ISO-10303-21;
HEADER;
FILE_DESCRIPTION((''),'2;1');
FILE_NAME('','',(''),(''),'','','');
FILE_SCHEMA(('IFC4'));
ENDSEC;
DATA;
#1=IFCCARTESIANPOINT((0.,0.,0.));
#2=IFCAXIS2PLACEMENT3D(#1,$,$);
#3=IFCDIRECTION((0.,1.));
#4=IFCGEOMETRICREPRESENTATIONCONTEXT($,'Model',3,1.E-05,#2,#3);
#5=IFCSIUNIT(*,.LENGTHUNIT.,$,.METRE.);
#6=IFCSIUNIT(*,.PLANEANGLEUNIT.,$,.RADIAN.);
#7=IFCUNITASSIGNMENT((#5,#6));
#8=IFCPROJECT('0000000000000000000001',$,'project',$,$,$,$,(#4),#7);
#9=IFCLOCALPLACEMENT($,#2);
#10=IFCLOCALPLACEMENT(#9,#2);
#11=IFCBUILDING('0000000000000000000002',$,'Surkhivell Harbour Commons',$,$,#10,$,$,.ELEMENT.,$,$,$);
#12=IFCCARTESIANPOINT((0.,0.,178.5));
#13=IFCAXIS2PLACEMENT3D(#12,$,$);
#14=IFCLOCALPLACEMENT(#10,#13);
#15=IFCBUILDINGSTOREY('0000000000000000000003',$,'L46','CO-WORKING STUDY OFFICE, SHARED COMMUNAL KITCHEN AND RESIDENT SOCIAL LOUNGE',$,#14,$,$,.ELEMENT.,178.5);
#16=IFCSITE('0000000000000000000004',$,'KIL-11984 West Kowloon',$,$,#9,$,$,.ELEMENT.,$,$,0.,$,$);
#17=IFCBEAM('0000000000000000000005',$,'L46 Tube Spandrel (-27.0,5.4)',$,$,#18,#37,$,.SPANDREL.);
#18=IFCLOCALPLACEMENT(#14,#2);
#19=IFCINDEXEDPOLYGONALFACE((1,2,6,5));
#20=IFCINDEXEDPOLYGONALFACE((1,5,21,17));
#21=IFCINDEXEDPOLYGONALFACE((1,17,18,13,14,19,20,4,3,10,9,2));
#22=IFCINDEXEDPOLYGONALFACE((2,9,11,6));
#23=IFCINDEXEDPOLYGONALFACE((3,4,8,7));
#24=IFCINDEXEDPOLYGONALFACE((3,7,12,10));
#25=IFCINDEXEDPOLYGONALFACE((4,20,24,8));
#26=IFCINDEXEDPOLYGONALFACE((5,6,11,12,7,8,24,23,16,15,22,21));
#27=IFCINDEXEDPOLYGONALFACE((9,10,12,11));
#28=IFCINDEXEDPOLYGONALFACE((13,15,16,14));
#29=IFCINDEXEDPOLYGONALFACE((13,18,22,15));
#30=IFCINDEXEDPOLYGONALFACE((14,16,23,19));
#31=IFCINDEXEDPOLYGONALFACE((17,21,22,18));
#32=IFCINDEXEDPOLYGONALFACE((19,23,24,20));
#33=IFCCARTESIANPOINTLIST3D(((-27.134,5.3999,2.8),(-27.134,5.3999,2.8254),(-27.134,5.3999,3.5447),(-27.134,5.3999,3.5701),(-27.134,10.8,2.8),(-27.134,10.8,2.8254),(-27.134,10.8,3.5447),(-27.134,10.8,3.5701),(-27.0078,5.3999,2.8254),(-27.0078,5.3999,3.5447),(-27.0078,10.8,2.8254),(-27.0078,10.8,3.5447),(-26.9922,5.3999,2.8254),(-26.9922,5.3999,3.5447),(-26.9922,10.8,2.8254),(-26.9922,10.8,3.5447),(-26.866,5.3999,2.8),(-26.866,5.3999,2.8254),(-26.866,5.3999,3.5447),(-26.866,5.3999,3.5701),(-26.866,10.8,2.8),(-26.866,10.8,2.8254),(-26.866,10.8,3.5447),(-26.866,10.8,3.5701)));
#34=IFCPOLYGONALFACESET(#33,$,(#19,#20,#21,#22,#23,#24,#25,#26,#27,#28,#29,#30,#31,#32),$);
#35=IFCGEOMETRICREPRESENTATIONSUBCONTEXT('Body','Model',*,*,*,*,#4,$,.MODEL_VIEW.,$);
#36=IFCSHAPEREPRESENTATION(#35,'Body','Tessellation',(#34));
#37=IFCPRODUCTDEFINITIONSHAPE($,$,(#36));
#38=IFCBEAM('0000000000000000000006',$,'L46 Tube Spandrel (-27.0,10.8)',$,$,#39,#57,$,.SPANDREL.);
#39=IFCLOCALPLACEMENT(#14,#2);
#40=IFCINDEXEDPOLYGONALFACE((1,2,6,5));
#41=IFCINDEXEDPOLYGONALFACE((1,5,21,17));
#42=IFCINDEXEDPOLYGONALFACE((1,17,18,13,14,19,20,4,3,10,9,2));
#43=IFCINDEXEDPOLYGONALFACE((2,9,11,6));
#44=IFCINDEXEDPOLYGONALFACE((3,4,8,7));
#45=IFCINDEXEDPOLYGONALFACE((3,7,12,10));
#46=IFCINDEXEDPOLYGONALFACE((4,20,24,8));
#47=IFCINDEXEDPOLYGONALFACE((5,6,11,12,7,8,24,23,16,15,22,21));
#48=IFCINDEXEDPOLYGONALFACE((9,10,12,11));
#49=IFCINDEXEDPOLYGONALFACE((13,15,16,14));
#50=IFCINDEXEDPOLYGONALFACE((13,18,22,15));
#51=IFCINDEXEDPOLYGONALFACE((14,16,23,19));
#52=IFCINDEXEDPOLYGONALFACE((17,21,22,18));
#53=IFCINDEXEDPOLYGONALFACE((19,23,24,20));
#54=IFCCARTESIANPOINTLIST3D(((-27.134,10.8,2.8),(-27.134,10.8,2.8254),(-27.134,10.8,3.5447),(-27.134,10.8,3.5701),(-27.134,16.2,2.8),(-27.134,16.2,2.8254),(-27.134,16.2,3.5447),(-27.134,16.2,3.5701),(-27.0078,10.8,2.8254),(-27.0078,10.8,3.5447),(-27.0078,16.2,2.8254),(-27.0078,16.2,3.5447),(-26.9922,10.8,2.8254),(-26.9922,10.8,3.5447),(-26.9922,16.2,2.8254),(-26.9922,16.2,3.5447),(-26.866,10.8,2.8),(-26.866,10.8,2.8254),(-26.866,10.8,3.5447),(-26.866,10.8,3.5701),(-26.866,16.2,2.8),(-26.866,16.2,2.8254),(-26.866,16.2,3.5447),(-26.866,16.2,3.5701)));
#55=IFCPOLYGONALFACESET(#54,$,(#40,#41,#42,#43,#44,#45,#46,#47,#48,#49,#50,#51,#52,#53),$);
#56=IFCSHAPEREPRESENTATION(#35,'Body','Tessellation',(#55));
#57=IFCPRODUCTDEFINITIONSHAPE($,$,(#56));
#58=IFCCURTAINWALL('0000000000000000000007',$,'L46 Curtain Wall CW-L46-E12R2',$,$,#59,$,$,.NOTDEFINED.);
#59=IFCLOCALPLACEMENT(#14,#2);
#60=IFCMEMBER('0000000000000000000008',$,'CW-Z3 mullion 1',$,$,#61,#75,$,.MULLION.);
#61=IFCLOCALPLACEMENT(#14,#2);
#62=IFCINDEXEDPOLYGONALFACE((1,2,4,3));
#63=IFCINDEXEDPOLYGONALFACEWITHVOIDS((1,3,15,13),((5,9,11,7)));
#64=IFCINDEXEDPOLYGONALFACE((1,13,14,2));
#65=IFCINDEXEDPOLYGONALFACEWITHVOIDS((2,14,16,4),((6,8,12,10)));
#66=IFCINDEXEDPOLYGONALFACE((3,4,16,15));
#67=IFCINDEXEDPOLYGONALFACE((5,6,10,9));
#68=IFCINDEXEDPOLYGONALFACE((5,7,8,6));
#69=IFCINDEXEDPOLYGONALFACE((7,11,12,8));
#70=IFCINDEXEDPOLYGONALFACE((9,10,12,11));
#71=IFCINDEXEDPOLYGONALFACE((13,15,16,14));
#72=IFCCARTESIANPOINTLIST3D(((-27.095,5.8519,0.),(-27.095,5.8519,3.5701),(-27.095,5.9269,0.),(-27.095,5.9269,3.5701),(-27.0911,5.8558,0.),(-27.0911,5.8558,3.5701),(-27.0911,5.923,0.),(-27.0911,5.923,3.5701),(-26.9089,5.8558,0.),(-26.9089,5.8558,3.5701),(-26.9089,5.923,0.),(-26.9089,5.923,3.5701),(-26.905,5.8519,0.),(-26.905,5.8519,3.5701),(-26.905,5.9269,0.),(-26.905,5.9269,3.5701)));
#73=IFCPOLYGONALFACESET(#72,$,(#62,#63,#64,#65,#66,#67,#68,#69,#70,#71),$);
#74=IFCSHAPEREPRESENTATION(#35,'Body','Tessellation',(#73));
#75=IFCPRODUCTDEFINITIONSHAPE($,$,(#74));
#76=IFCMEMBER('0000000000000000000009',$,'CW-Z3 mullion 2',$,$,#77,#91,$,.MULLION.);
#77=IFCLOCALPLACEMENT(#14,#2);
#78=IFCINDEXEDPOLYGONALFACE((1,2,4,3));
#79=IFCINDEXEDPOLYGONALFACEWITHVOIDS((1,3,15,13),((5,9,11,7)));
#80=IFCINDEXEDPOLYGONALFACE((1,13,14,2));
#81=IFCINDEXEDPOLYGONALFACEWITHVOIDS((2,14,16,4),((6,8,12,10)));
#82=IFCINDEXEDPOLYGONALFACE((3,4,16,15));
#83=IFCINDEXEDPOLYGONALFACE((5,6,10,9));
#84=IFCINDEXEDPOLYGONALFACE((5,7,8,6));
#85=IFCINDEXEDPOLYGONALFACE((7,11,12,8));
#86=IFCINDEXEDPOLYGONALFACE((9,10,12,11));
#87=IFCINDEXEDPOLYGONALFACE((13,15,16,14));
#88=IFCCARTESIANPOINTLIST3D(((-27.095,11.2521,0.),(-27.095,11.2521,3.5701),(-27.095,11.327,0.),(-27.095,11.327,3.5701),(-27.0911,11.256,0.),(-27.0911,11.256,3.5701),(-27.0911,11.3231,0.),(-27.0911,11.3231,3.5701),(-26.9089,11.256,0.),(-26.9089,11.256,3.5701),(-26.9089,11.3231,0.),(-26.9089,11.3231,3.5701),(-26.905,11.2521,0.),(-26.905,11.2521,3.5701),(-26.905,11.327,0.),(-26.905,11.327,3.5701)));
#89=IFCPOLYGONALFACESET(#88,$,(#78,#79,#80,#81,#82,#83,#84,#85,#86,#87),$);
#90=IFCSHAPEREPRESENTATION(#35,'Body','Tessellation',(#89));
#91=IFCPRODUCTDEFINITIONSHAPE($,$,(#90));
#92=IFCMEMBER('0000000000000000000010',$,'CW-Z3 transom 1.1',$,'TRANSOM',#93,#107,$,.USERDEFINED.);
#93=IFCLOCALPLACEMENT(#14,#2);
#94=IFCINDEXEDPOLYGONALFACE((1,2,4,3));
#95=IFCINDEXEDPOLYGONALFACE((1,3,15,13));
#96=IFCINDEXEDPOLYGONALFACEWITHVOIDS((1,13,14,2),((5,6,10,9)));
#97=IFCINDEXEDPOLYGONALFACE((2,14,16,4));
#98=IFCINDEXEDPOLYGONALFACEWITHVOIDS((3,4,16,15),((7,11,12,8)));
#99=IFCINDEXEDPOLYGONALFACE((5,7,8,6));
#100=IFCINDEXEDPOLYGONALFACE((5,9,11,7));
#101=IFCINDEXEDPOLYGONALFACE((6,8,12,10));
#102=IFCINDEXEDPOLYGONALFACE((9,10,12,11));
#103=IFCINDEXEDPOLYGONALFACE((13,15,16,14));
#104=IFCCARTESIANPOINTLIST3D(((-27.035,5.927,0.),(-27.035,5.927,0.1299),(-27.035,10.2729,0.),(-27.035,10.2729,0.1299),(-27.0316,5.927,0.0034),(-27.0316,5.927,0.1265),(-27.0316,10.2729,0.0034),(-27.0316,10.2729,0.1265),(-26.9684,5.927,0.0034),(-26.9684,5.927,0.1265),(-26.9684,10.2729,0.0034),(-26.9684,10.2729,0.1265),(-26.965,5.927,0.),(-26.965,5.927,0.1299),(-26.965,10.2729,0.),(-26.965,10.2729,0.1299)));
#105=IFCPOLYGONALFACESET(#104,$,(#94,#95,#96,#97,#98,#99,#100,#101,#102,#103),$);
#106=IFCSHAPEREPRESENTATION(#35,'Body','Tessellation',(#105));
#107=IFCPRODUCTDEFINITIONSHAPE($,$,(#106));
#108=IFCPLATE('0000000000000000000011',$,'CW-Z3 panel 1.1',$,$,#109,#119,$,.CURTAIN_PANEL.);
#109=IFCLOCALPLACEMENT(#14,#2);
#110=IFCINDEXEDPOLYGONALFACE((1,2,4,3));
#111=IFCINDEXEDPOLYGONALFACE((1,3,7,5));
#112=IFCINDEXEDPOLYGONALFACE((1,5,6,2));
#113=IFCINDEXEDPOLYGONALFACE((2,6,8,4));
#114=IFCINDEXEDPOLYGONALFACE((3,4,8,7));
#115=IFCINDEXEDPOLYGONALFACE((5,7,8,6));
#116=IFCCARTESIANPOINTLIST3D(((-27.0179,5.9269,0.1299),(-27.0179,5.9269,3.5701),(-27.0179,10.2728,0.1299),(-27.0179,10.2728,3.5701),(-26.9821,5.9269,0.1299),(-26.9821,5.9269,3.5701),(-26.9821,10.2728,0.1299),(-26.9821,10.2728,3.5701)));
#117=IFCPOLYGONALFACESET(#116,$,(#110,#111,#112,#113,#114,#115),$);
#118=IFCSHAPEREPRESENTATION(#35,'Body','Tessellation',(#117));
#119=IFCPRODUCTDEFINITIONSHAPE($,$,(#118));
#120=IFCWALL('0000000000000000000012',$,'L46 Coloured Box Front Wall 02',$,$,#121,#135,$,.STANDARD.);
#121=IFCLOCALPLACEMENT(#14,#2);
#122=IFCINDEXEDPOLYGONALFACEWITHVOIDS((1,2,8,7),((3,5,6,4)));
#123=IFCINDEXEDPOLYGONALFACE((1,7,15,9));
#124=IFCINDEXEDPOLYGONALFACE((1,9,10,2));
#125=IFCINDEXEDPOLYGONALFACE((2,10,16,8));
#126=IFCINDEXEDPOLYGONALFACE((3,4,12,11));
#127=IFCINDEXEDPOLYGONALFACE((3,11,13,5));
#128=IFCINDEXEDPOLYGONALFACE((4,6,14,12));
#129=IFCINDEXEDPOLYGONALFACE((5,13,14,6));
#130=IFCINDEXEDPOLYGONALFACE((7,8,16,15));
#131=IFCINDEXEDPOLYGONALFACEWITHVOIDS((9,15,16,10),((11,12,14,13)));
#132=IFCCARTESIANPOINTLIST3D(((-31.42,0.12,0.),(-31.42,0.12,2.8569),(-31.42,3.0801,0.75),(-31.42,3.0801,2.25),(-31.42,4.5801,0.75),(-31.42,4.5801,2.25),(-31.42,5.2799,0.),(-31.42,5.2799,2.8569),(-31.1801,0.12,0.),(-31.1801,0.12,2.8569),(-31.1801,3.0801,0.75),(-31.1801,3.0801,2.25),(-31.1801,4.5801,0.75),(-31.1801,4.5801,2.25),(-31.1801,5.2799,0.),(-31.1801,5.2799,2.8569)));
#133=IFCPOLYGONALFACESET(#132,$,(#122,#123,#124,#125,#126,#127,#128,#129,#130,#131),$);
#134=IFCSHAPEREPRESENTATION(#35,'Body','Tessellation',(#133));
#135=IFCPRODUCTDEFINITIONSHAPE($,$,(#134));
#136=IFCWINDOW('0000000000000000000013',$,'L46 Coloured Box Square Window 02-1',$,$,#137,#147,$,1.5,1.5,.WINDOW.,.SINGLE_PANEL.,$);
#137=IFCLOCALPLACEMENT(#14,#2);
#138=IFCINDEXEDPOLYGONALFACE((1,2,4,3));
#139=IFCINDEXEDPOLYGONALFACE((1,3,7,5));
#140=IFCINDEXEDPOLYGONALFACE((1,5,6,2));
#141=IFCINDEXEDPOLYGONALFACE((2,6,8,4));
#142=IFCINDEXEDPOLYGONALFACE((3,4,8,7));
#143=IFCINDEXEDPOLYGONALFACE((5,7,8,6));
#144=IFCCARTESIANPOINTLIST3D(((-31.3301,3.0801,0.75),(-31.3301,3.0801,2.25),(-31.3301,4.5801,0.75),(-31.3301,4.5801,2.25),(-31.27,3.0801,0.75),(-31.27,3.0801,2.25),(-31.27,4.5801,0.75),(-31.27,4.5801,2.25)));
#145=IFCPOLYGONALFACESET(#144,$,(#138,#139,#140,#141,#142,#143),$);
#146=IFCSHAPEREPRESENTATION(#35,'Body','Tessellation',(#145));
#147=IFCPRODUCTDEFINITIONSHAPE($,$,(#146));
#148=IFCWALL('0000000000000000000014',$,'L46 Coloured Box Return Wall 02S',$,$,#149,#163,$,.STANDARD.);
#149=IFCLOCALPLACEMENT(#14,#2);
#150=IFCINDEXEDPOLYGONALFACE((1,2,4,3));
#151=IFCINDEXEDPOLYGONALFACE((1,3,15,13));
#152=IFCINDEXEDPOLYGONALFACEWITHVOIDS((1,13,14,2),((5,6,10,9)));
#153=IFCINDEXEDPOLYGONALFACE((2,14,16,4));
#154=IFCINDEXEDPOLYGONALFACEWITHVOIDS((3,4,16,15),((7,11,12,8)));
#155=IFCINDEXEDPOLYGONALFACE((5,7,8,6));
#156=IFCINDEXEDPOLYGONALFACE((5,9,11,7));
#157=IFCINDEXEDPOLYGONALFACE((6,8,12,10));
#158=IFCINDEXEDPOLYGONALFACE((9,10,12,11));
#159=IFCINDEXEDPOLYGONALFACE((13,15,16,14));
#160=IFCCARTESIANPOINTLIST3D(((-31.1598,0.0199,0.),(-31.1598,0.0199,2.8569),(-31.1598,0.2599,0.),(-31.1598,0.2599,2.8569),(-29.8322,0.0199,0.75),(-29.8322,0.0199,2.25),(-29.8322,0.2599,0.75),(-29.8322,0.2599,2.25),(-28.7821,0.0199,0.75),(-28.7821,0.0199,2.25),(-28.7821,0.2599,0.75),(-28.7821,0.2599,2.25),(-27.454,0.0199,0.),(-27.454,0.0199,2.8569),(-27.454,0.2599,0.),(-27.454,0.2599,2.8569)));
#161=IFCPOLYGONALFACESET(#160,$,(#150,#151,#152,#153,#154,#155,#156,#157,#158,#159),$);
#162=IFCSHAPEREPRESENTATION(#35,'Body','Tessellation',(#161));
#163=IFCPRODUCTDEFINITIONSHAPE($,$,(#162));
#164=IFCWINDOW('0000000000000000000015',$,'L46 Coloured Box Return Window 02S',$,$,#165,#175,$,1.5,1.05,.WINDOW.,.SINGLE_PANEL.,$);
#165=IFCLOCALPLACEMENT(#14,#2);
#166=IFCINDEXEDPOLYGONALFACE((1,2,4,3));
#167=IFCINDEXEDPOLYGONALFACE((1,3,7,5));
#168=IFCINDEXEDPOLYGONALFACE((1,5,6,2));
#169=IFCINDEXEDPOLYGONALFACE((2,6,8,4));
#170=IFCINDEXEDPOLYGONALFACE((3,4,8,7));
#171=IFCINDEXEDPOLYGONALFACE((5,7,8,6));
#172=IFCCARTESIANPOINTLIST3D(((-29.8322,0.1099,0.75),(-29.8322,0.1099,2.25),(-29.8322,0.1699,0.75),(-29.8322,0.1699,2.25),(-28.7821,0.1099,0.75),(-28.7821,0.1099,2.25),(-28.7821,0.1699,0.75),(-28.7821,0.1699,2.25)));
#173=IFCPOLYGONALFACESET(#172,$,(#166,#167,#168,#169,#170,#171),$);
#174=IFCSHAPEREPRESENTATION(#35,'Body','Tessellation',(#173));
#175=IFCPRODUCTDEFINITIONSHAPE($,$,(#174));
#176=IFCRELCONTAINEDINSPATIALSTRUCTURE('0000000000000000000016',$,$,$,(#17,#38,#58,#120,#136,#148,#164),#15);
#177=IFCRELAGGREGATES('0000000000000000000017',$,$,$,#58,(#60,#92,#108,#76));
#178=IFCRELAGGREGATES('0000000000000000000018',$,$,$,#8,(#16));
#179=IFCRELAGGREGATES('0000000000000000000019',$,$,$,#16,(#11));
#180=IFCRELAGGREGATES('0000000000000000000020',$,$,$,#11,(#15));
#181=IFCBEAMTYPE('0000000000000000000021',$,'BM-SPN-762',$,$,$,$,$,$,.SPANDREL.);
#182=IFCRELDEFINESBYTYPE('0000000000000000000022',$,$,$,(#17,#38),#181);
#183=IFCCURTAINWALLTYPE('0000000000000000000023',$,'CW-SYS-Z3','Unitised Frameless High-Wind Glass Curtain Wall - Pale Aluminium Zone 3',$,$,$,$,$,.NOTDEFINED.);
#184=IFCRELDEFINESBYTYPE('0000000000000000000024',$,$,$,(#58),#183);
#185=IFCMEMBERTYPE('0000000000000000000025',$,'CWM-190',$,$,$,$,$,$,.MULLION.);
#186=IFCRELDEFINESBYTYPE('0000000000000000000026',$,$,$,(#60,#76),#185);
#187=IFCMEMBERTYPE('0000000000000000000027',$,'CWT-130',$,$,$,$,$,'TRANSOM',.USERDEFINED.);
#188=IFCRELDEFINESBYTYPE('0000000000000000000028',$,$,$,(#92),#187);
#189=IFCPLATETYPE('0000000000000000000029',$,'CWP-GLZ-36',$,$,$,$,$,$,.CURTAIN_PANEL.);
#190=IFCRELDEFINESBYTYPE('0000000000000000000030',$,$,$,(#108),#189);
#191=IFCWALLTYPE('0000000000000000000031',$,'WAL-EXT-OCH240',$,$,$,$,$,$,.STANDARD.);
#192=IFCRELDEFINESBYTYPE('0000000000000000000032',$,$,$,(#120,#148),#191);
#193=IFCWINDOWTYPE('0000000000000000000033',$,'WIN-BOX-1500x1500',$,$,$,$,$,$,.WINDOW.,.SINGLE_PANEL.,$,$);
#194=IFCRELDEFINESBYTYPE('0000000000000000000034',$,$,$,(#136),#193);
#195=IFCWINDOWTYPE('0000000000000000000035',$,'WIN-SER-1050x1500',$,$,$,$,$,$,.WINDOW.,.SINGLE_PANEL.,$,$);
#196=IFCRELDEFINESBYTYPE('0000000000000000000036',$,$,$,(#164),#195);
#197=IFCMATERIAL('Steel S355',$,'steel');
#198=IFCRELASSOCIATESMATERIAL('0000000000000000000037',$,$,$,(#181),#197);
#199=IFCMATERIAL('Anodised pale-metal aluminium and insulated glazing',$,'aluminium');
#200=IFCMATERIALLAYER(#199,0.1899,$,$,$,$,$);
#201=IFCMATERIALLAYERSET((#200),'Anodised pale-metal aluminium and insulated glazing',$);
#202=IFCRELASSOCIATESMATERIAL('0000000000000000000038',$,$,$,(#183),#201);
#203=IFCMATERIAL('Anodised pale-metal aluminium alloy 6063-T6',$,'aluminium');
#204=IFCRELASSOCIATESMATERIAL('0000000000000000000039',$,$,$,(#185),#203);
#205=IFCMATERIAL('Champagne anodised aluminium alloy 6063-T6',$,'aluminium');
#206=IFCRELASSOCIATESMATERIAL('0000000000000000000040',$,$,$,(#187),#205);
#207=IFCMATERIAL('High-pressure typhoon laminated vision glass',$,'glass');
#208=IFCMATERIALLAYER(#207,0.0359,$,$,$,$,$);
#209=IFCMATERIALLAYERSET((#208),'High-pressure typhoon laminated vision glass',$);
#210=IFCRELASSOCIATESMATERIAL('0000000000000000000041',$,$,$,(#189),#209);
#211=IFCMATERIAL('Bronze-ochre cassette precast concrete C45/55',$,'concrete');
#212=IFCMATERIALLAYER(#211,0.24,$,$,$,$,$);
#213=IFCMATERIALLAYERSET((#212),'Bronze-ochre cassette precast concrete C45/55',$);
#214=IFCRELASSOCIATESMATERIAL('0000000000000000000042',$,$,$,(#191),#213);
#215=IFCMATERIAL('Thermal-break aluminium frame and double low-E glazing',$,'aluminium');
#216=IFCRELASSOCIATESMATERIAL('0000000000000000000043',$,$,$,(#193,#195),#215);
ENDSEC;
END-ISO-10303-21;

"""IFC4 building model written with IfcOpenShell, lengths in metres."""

from ifc_helpers import new_model, si_unit, direction, frame, frame_2d, origin, origin_2d, place, context, subcontext, project, spatial, rectangle, hollow_rectangle, i_section, extrude, material, layer, layer_set, material_profile, profile_set, type_object, element, fill, aggregate, save


model = new_model("IFC4")

# Units and contexts
model_context = context("Model", 3, precision=1e-05, world=origin(), true_north=direction((0.0, 1.0)))
body_context = subcontext(model_context, "Body", "Model", "MODEL_VIEW")
ifc_project = project(units=[si_unit("LENGTHUNIT", "METRE"), si_unit("PLANEANGLEUNIT", "RADIAN")], contexts=[model_context])

# Site, building, storey
site_placement = place(None, origin())
site = spatial("IfcSite", under=ifc_project, at=site_placement, Name="KIL-11984 West Kowloon", CompositionType="ELEMENT", RefElevation=0.0)
building_placement = place(site_placement, origin())
building = spatial("IfcBuilding", under=site, at=building_placement, Name="Surkhivell Harbour Commons", CompositionType="ELEMENT")
storey_placement = place(building_placement, frame((0.0, 0.0, 178.5)))
storey = spatial("IfcBuildingStorey", under=building, at=storey_placement, Name="L46", Description="CO-WORKING STUDY OFFICE, SHARED COMMUNAL KITCHEN AND RESIDENT SOCIAL LOUNGE", CompositionType="ELEMENT", Elevation=178.5)

# Beams
ifc_material_1 = material(Name="Steel S355", Category="steel")
ifc_material_profile_1 = material_profile(ifc_material_1, i_section(OverallWidth=0.2681, OverallDepth=0.77, WebThickness=0.0156, FlangeThickness=0.0254, at=origin_2d()), Name="UB762x267x197")
ifc_profile_set_1 = profile_set([ifc_material_profile_1], Name="Steel S355")
beam_type_1 = type_object("IfcBeamType", Name="BM-SPN-762", PredefinedType="SPANDREL", material=ifc_profile_set_1)
beam_1_placement = place(storey_placement, frame((-27.0, 5.3999, 3.1851), z_axis=(0.0, 1.0, 0.0), x_axis=(-1.0, 0.0, 0.0)))
element("IfcBeam", 1, at=beam_1_placement, inside=storey, type_object=beam_type_1, Name="L46 Tube Spandrel (-27.0,5.4)", PredefinedType="SPANDREL", context=body_context, shape_type="SweptSolid", body=[
    extrude(i_section(OverallWidth=0.2681, OverallDepth=0.77, WebThickness=0.0156, FlangeThickness=0.0254, at=origin_2d()), origin(), (0.0, 0.0, 1.0), 5.4001),
])
beam_2_placement = place(storey_placement, frame((-27.0, 10.8, 3.1851), z_axis=(0.0, 1.0, 0.0), x_axis=(-1.0, 0.0, 0.0)))
element("IfcBeam", 2, at=beam_2_placement, inside=storey, type_object=beam_type_1, Name="L46 Tube Spandrel (-27.0,10.8)", PredefinedType="SPANDREL", context=body_context, shape_type="SweptSolid", body=[
    extrude(i_section(OverallWidth=0.2681, OverallDepth=0.77, WebThickness=0.0156, FlangeThickness=0.0254, at=origin_2d()), origin(), (0.0, 0.0, 1.0), 5.3999),
])

# Curtain wall, members, plate
ifc_material_2 = material(Name="Anodised pale-metal aluminium and insulated glazing", Category="aluminium")
ifc_layer_1 = layer(ifc_material_2, 0.1899)
ifc_layer_set_1 = layer_set([ifc_layer_1], Name="Anodised pale-metal aluminium and insulated glazing")
curtain_wall_type = type_object("IfcCurtainWallType", Name="CW-SYS-Z3", Description="Unitised Frameless High-Wind Glass Curtain Wall - Pale Aluminium Zone 3", PredefinedType="NOTDEFINED", material=ifc_layer_set_1)
curtain_wall_placement = place(storey_placement, origin())
curtain_wall = element("IfcCurtainWall", 3, at=curtain_wall_placement, inside=storey, type_object=curtain_wall_type, Name="L46 Curtain Wall CW-L46-E12R2", PredefinedType="NOTDEFINED")
ifc_material_3 = material(Name="Anodised pale-metal aluminium alloy 6063-T6", Category="aluminium")
ifc_material_profile_2 = material_profile(ifc_material_3, hollow_rectangle(XDim=0.075, YDim=0.1899, WallThickness=0.0039, at=origin_2d()), Name="ALU-MULL-75x190")
ifc_profile_set_2 = profile_set([ifc_material_profile_2], Name="Anodised pale-metal aluminium alloy 6063-T6")
member_type_1 = type_object("IfcMemberType", Name="CWM-190", PredefinedType="MULLION", material=ifc_profile_set_2)
member_1_placement = place(storey_placement, frame((-27.0, 5.8894, 0.0), z_axis=(0.0, 0.0, 1.0), x_axis=(0.0, 1.0, 0.0)))
member_1 = element("IfcMember", 4, at=member_1_placement, type_object=member_type_1, Name="CW-Z3 mullion 1", PredefinedType="MULLION", context=body_context, shape_type="SweptSolid", body=[
    extrude(hollow_rectangle(XDim=0.075, YDim=0.1899, WallThickness=0.0039, at=origin_2d()), origin(), (0.0, 0.0, 1.0), 3.5701),
])
member_2_placement = place(storey_placement, frame((-27.0, 11.2896, 0.0), z_axis=(0.0, 0.0, 1.0), x_axis=(0.0, 1.0, 0.0)))
member_2 = element("IfcMember", 5, at=member_2_placement, type_object=member_type_1, Name="CW-Z3 mullion 2", PredefinedType="MULLION", context=body_context, shape_type="SweptSolid", body=[
    extrude(hollow_rectangle(XDim=0.075, YDim=0.1899, WallThickness=0.0039, at=origin_2d()), origin(), (0.0, 0.0, 1.0), 3.5701),
])
ifc_material_4 = material(Name="Champagne anodised aluminium alloy 6063-T6", Category="aluminium")
ifc_material_profile_3 = material_profile(ifc_material_4, hollow_rectangle(XDim=0.0701, YDim=0.1299, WallThickness=0.0034, at=origin_2d()), Name="ALU-TRAN-70x130")
ifc_profile_set_3 = profile_set([ifc_material_profile_3], Name="Champagne anodised aluminium alloy 6063-T6")
member_type_2 = type_object("IfcMemberType", Name="CWT-130", ElementType="TRANSOM", PredefinedType="USERDEFINED", material=ifc_profile_set_3)
member_3_placement = place(storey_placement, frame((-27.0, 5.927, 0.0649), z_axis=(0.0, 1.0, 0.0), x_axis=(-1.0, 0.0, 0.0)))
member_3 = element("IfcMember", 6, at=member_3_placement, type_object=member_type_2, Name="CW-Z3 transom 1.1", ObjectType="TRANSOM", PredefinedType="USERDEFINED", context=body_context, shape_type="SweptSolid", body=[
    extrude(hollow_rectangle(XDim=0.0701, YDim=0.1299, WallThickness=0.0034, at=origin_2d()), origin(), (0.0, 0.0, 1.0), 4.3459),
])
ifc_material_5 = material(Name="High-pressure typhoon laminated vision glass", Category="glass")
ifc_layer_2 = layer(ifc_material_5, 0.0359)
ifc_layer_set_2 = layer_set([ifc_layer_2], Name="High-pressure typhoon laminated vision glass")
plate_type = type_object("IfcPlateType", Name="CWP-GLZ-36", PredefinedType="CURTAIN_PANEL", material=ifc_layer_set_2)
plate_placement = place(storey_placement, frame((-27.0, 5.927, 0.1299), z_axis=(0.0, 0.0, 1.0), x_axis=(0.0, 1.0, 0.0)))
plate = element("IfcPlate", 7, at=plate_placement, type_object=plate_type, Name="CW-Z3 panel 1.1", PredefinedType="CURTAIN_PANEL", context=body_context, shape_type="SweptSolid", body=[
    extrude(rectangle(XDim=4.3459, YDim=0.0359, at=frame_2d((2.1729, 0.0))), origin(), (0.0, 0.0, 1.0), 3.4402),
])
aggregate(curtain_wall, [member_1, member_3, plate, member_2])

# Walls, openings, windows
ifc_material_6 = material(Name="Bronze-ochre cassette precast concrete C45/55", Category="concrete")
ifc_layer_3 = layer(ifc_material_6, 0.24)
ifc_layer_set_3 = layer_set([ifc_layer_3], Name="Bronze-ochre cassette precast concrete C45/55")
wall_type_1 = type_object("IfcWallType", Name="WAL-EXT-OCH240", PredefinedType="STANDARD", material=ifc_layer_set_3)
wall_1_placement = place(storey_placement, frame((-31.3, 5.28, 0.0), z_axis=(0.0, 0.0, 1.0), x_axis=(0.0, -1.0, 0.0)))
wall_1 = element("IfcWall", 8, at=wall_1_placement, inside=storey, type_object=wall_type_1, Name="L46 Coloured Box Front Wall 02", PredefinedType="STANDARD", context=body_context, shape_type="SweptSolid", body=[
    extrude(rectangle(XDim=5.1599, YDim=0.24, at=frame_2d((2.5801, 0.0))), origin(), (0.0, 0.0, 1.0), 2.8569),
])
opening_1_placement = place(wall_1_placement, frame((0.7, 0.0, 0.75)))
opening_1 = element("IfcOpeningElement", 9, at=opening_1_placement, cuts=wall_1, PredefinedType="OPENING", context=body_context, shape_type="SweptSolid", body=[
    extrude(rectangle(XDim=1.5, YDim=1.5, at=frame_2d((0.75, 0.75))), frame((0.0, 0.1299, 0.0), z_axis=(0.0, -1.0, 0.0), x_axis=(1.0, 0.0, 0.0)), (0.0, 0.0, 1.0), 0.26),
])
ifc_material_7 = material(Name="Thermal-break aluminium frame and double low-E glazing", Category="aluminium")
window_type_1 = type_object("IfcWindowType", Name="WIN-BOX-1500x1500", PartitioningType="SINGLE_PANEL", PredefinedType="WINDOW", material=ifc_material_7)
window_1_placement = place(opening_1_placement, origin())
window_1 = element("IfcWindow", 10, at=window_1_placement, inside=storey, type_object=window_type_1, Name="L46 Coloured Box Square Window 02-1", OverallHeight=1.5, OverallWidth=1.5, PartitioningType="SINGLE_PANEL", PredefinedType="WINDOW", context=body_context, shape_type="SweptSolid", body=[
    extrude(rectangle(XDim=1.5, YDim=1.5, at=frame_2d((0.75, 0.75))), frame((0.0, 0.03, 0.0), z_axis=(0.0, -1.0, 0.0), x_axis=(1.0, 0.0, 0.0)), (0.0, 0.0, 1.0), 0.0601),
])
fill(opening_1, window_1)
wall_2_placement = place(storey_placement, frame((-31.1599, 0.1399, 0.0), z_axis=(0.0, 0.0, 1.0), x_axis=(1.0, 0.0, 0.0)))
wall_2 = element("IfcWall", 11, at=wall_2_placement, inside=storey, type_object=wall_type_1, Name="L46 Coloured Box Return Wall 02S", PredefinedType="STANDARD", context=body_context, shape_type="SweptSolid", body=[
    extrude(rectangle(XDim=3.7058, YDim=0.24, at=frame_2d((1.853, 0.0))), origin(), (0.0, 0.0, 1.0), 2.8569),
])
opening_2_placement = place(wall_2_placement, frame((1.3279, 0.0, 0.75)))
opening_2 = element("IfcOpeningElement", 12, at=opening_2_placement, cuts=wall_2, PredefinedType="OPENING", context=body_context, shape_type="SweptSolid", body=[
    extrude(rectangle(XDim=1.05, YDim=1.5, at=frame_2d((0.5249, 0.75))), frame((0.0, 0.1299, 0.0), z_axis=(0.0, -1.0, 0.0), x_axis=(1.0, 0.0, 0.0)), (0.0, 0.0, 1.0), 0.26),
])
window_type_2 = type_object("IfcWindowType", Name="WIN-SER-1050x1500", PartitioningType="SINGLE_PANEL", PredefinedType="WINDOW", material=ifc_material_7)
window_2_placement = place(opening_2_placement, origin())
window_2 = element("IfcWindow", 13, at=window_2_placement, inside=storey, type_object=window_type_2, Name="L46 Coloured Box Return Window 02S", OverallHeight=1.5, OverallWidth=1.05, PartitioningType="SINGLE_PANEL", PredefinedType="WINDOW", context=body_context, shape_type="SweptSolid", body=[
    extrude(rectangle(XDim=1.05, YDim=1.5, at=frame_2d((0.5249, 0.75))), frame((0.0, 0.03, 0.0), z_axis=(0.0, -1.0, 0.0), x_axis=(1.0, 0.0, 0.0)), (0.0, 0.0, 1.0), 0.0601),
])
fill(opening_2, window_2)

save(model, "model.ifc")
